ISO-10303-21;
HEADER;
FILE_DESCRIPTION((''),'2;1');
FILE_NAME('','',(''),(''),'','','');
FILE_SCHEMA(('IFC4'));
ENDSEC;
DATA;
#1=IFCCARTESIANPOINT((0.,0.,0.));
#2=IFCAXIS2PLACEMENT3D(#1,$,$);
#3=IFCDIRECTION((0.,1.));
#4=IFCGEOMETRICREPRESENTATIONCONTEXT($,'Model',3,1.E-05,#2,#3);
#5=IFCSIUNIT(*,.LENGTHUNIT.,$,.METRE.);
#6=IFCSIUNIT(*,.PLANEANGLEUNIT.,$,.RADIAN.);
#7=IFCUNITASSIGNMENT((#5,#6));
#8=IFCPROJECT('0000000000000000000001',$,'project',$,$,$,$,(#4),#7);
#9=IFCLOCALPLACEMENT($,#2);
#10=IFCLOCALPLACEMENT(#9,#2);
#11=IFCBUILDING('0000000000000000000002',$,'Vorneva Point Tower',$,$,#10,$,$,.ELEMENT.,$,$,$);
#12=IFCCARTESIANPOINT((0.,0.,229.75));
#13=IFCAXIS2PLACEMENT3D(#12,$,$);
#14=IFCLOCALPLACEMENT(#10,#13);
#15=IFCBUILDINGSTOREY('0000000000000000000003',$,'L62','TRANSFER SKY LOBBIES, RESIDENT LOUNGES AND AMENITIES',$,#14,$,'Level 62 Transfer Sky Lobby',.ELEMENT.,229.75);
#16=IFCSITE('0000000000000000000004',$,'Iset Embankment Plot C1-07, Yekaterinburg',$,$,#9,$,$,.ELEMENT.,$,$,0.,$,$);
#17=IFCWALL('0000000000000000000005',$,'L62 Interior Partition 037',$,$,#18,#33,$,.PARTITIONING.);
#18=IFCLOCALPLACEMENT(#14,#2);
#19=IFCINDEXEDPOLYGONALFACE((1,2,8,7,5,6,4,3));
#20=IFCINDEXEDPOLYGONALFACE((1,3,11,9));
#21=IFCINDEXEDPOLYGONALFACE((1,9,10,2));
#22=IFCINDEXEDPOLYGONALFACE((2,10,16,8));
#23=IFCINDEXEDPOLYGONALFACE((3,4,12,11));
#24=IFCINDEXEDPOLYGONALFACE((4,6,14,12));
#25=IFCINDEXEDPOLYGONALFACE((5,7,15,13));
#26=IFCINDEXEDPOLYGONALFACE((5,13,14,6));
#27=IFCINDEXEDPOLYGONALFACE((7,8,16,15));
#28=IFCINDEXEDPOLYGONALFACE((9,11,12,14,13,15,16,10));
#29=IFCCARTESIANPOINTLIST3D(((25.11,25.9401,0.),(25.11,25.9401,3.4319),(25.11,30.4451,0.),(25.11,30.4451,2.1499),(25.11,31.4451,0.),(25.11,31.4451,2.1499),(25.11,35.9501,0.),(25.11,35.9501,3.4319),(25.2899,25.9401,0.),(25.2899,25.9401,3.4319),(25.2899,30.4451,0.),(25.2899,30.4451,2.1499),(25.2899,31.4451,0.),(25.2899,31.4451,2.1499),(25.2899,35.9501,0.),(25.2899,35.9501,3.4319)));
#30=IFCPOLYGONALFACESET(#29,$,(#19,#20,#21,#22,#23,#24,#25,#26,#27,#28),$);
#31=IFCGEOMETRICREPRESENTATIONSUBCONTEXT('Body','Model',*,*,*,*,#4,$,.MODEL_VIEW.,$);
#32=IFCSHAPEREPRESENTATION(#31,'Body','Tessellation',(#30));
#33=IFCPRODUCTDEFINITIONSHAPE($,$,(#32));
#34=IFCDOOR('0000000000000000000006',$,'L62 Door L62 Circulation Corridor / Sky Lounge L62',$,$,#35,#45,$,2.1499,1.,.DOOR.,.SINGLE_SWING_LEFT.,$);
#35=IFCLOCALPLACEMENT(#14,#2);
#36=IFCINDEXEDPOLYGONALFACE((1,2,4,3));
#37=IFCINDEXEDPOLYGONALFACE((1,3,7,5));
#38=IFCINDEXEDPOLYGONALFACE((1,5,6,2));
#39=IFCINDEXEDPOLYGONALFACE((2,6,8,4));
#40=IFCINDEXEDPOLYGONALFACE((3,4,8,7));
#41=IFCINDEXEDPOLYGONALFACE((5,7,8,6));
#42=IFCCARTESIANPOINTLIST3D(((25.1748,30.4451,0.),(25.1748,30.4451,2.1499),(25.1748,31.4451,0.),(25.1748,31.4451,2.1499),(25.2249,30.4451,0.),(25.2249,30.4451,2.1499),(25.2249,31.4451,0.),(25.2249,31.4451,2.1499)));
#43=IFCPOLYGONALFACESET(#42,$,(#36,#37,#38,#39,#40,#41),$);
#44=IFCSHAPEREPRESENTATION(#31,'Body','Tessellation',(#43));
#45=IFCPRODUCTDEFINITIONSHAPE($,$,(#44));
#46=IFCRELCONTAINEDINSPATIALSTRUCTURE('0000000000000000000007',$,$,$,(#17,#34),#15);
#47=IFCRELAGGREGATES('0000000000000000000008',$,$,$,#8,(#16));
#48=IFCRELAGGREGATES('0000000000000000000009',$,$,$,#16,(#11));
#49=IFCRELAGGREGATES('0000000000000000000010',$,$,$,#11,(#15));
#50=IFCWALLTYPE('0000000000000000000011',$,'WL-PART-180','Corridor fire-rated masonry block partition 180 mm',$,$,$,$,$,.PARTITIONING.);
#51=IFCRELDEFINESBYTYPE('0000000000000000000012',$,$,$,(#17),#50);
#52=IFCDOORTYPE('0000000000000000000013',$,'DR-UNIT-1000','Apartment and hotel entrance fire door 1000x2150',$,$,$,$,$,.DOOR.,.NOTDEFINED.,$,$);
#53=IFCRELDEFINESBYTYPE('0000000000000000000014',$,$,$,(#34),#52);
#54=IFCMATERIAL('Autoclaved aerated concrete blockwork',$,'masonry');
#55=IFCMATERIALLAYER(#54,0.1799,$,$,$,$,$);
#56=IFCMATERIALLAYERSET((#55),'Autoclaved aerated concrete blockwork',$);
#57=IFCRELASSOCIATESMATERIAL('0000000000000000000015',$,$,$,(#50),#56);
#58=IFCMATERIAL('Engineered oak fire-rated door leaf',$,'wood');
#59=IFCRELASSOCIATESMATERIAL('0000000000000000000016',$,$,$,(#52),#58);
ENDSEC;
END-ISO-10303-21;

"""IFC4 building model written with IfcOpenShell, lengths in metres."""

from ifc_helpers import new_model, si_unit, direction, frame, frame_2d, origin, place, context, subcontext, project, spatial, rectangle, extrude, material, layer, layer_set, type_object, element, fill, save


model = new_model("IFC4")

# Units and contexts
model_context = context("Model", 3, precision=1e-05, world=origin(), true_north=direction((0.0, 1.0)))
body_context = subcontext(model_context, "Body", "Model", "MODEL_VIEW")
ifc_project = project(units=[si_unit("LENGTHUNIT", "METRE"), si_unit("PLANEANGLEUNIT", "RADIAN")], contexts=[model_context])

# Site, building, storey
site_placement = place(None, origin())
site = spatial("IfcSite", under=ifc_project, at=site_placement, Name="Iset Embankment Plot C1-07, Yekaterinburg", CompositionType="ELEMENT", RefElevation=0.0)
building_placement = place(site_placement, origin())
building = spatial("IfcBuilding", under=site, at=building_placement, Name="Vorneva Point Tower", CompositionType="ELEMENT")
storey_placement = place(building_placement, frame((0.0, 0.0, 229.75)))
storey = spatial("IfcBuildingStorey", under=building, at=storey_placement, Name="L62", Description="TRANSFER SKY LOBBIES, RESIDENT LOUNGES AND AMENITIES", LongName="Level 62 Transfer Sky Lobby", CompositionType="ELEMENT", Elevation=229.75)

# Wall, opening, door
ifc_material_1 = material(Name="Autoclaved aerated concrete blockwork", Category="masonry")
ifc_layer_1 = layer(ifc_material_1, 0.1799)
ifc_layer_set_1 = layer_set([ifc_layer_1], Name="Autoclaved aerated concrete blockwork")
wall_type_1 = type_object("IfcWallType", Name="WL-PART-180", Description="Corridor fire-rated masonry block partition 180 mm", PredefinedType="PARTITIONING", material=ifc_layer_set_1)
wall_1_placement = place(storey_placement, frame((25.2, 35.95, 0.0), z_axis=(0.0, 0.0, 1.0), x_axis=(0.0, -1.0, 0.0)))
wall_1 = element("IfcWall", 1, at=wall_1_placement, inside=storey, type_object=wall_type_1, Name="L62 Interior Partition 037", PredefinedType="PARTITIONING", context=body_context, shape_type="SweptSolid", body=[
    extrude(rectangle(XDim=10.01, YDim=0.1799, at=frame_2d((5.0049, 0.0))), origin(), (0.0, 0.0, 1.0), 3.4319),
])
opening_1_placement = place(wall_1_placement, frame((4.5049, 0.0, 0.0)))
opening_1 = element("IfcOpeningElement", 2, at=opening_1_placement, cuts=wall_1, PredefinedType="OPENING", context=body_context, shape_type="SweptSolid", body=[
    extrude(rectangle(XDim=1.0, YDim=2.1499, at=frame_2d((0.5, 1.075))), frame((0.0, 0.105, 0.0), z_axis=(0.0, -1.0, 0.0), x_axis=(1.0, 0.0, 0.0)), (0.0, 0.0, 1.0), 0.2097),
])
ifc_material_2 = material(Name="Engineered oak fire-rated door leaf", Category="wood")
door_type = type_object("IfcDoorType", Name="DR-UNIT-1000", Description="Apartment and hotel entrance fire door 1000x2150", OperationType="NOTDEFINED", PredefinedType="DOOR", material=ifc_material_2)
door_placement = place(opening_1_placement, origin())
door = element("IfcDoor", 3, at=door_placement, inside=storey, type_object=door_type, Name="L62 Door L62 Circulation Corridor / Sky Lounge L62", OperationType="SINGLE_SWING_LEFT", OverallHeight=2.1499, OverallWidth=1.0, PredefinedType="DOOR", context=body_context, shape_type="SweptSolid", body=[
    extrude(rectangle(XDim=1.0, YDim=2.1499, at=frame_2d((0.5, 1.075))), frame((0.0, 0.0249, 0.0), z_axis=(0.0, -1.0, 0.0), x_axis=(1.0, 0.0, 0.0)), (0.0, 0.0, 1.0), 0.05),
])
fill(opening_1, door)

save(model, "model.ifc")
